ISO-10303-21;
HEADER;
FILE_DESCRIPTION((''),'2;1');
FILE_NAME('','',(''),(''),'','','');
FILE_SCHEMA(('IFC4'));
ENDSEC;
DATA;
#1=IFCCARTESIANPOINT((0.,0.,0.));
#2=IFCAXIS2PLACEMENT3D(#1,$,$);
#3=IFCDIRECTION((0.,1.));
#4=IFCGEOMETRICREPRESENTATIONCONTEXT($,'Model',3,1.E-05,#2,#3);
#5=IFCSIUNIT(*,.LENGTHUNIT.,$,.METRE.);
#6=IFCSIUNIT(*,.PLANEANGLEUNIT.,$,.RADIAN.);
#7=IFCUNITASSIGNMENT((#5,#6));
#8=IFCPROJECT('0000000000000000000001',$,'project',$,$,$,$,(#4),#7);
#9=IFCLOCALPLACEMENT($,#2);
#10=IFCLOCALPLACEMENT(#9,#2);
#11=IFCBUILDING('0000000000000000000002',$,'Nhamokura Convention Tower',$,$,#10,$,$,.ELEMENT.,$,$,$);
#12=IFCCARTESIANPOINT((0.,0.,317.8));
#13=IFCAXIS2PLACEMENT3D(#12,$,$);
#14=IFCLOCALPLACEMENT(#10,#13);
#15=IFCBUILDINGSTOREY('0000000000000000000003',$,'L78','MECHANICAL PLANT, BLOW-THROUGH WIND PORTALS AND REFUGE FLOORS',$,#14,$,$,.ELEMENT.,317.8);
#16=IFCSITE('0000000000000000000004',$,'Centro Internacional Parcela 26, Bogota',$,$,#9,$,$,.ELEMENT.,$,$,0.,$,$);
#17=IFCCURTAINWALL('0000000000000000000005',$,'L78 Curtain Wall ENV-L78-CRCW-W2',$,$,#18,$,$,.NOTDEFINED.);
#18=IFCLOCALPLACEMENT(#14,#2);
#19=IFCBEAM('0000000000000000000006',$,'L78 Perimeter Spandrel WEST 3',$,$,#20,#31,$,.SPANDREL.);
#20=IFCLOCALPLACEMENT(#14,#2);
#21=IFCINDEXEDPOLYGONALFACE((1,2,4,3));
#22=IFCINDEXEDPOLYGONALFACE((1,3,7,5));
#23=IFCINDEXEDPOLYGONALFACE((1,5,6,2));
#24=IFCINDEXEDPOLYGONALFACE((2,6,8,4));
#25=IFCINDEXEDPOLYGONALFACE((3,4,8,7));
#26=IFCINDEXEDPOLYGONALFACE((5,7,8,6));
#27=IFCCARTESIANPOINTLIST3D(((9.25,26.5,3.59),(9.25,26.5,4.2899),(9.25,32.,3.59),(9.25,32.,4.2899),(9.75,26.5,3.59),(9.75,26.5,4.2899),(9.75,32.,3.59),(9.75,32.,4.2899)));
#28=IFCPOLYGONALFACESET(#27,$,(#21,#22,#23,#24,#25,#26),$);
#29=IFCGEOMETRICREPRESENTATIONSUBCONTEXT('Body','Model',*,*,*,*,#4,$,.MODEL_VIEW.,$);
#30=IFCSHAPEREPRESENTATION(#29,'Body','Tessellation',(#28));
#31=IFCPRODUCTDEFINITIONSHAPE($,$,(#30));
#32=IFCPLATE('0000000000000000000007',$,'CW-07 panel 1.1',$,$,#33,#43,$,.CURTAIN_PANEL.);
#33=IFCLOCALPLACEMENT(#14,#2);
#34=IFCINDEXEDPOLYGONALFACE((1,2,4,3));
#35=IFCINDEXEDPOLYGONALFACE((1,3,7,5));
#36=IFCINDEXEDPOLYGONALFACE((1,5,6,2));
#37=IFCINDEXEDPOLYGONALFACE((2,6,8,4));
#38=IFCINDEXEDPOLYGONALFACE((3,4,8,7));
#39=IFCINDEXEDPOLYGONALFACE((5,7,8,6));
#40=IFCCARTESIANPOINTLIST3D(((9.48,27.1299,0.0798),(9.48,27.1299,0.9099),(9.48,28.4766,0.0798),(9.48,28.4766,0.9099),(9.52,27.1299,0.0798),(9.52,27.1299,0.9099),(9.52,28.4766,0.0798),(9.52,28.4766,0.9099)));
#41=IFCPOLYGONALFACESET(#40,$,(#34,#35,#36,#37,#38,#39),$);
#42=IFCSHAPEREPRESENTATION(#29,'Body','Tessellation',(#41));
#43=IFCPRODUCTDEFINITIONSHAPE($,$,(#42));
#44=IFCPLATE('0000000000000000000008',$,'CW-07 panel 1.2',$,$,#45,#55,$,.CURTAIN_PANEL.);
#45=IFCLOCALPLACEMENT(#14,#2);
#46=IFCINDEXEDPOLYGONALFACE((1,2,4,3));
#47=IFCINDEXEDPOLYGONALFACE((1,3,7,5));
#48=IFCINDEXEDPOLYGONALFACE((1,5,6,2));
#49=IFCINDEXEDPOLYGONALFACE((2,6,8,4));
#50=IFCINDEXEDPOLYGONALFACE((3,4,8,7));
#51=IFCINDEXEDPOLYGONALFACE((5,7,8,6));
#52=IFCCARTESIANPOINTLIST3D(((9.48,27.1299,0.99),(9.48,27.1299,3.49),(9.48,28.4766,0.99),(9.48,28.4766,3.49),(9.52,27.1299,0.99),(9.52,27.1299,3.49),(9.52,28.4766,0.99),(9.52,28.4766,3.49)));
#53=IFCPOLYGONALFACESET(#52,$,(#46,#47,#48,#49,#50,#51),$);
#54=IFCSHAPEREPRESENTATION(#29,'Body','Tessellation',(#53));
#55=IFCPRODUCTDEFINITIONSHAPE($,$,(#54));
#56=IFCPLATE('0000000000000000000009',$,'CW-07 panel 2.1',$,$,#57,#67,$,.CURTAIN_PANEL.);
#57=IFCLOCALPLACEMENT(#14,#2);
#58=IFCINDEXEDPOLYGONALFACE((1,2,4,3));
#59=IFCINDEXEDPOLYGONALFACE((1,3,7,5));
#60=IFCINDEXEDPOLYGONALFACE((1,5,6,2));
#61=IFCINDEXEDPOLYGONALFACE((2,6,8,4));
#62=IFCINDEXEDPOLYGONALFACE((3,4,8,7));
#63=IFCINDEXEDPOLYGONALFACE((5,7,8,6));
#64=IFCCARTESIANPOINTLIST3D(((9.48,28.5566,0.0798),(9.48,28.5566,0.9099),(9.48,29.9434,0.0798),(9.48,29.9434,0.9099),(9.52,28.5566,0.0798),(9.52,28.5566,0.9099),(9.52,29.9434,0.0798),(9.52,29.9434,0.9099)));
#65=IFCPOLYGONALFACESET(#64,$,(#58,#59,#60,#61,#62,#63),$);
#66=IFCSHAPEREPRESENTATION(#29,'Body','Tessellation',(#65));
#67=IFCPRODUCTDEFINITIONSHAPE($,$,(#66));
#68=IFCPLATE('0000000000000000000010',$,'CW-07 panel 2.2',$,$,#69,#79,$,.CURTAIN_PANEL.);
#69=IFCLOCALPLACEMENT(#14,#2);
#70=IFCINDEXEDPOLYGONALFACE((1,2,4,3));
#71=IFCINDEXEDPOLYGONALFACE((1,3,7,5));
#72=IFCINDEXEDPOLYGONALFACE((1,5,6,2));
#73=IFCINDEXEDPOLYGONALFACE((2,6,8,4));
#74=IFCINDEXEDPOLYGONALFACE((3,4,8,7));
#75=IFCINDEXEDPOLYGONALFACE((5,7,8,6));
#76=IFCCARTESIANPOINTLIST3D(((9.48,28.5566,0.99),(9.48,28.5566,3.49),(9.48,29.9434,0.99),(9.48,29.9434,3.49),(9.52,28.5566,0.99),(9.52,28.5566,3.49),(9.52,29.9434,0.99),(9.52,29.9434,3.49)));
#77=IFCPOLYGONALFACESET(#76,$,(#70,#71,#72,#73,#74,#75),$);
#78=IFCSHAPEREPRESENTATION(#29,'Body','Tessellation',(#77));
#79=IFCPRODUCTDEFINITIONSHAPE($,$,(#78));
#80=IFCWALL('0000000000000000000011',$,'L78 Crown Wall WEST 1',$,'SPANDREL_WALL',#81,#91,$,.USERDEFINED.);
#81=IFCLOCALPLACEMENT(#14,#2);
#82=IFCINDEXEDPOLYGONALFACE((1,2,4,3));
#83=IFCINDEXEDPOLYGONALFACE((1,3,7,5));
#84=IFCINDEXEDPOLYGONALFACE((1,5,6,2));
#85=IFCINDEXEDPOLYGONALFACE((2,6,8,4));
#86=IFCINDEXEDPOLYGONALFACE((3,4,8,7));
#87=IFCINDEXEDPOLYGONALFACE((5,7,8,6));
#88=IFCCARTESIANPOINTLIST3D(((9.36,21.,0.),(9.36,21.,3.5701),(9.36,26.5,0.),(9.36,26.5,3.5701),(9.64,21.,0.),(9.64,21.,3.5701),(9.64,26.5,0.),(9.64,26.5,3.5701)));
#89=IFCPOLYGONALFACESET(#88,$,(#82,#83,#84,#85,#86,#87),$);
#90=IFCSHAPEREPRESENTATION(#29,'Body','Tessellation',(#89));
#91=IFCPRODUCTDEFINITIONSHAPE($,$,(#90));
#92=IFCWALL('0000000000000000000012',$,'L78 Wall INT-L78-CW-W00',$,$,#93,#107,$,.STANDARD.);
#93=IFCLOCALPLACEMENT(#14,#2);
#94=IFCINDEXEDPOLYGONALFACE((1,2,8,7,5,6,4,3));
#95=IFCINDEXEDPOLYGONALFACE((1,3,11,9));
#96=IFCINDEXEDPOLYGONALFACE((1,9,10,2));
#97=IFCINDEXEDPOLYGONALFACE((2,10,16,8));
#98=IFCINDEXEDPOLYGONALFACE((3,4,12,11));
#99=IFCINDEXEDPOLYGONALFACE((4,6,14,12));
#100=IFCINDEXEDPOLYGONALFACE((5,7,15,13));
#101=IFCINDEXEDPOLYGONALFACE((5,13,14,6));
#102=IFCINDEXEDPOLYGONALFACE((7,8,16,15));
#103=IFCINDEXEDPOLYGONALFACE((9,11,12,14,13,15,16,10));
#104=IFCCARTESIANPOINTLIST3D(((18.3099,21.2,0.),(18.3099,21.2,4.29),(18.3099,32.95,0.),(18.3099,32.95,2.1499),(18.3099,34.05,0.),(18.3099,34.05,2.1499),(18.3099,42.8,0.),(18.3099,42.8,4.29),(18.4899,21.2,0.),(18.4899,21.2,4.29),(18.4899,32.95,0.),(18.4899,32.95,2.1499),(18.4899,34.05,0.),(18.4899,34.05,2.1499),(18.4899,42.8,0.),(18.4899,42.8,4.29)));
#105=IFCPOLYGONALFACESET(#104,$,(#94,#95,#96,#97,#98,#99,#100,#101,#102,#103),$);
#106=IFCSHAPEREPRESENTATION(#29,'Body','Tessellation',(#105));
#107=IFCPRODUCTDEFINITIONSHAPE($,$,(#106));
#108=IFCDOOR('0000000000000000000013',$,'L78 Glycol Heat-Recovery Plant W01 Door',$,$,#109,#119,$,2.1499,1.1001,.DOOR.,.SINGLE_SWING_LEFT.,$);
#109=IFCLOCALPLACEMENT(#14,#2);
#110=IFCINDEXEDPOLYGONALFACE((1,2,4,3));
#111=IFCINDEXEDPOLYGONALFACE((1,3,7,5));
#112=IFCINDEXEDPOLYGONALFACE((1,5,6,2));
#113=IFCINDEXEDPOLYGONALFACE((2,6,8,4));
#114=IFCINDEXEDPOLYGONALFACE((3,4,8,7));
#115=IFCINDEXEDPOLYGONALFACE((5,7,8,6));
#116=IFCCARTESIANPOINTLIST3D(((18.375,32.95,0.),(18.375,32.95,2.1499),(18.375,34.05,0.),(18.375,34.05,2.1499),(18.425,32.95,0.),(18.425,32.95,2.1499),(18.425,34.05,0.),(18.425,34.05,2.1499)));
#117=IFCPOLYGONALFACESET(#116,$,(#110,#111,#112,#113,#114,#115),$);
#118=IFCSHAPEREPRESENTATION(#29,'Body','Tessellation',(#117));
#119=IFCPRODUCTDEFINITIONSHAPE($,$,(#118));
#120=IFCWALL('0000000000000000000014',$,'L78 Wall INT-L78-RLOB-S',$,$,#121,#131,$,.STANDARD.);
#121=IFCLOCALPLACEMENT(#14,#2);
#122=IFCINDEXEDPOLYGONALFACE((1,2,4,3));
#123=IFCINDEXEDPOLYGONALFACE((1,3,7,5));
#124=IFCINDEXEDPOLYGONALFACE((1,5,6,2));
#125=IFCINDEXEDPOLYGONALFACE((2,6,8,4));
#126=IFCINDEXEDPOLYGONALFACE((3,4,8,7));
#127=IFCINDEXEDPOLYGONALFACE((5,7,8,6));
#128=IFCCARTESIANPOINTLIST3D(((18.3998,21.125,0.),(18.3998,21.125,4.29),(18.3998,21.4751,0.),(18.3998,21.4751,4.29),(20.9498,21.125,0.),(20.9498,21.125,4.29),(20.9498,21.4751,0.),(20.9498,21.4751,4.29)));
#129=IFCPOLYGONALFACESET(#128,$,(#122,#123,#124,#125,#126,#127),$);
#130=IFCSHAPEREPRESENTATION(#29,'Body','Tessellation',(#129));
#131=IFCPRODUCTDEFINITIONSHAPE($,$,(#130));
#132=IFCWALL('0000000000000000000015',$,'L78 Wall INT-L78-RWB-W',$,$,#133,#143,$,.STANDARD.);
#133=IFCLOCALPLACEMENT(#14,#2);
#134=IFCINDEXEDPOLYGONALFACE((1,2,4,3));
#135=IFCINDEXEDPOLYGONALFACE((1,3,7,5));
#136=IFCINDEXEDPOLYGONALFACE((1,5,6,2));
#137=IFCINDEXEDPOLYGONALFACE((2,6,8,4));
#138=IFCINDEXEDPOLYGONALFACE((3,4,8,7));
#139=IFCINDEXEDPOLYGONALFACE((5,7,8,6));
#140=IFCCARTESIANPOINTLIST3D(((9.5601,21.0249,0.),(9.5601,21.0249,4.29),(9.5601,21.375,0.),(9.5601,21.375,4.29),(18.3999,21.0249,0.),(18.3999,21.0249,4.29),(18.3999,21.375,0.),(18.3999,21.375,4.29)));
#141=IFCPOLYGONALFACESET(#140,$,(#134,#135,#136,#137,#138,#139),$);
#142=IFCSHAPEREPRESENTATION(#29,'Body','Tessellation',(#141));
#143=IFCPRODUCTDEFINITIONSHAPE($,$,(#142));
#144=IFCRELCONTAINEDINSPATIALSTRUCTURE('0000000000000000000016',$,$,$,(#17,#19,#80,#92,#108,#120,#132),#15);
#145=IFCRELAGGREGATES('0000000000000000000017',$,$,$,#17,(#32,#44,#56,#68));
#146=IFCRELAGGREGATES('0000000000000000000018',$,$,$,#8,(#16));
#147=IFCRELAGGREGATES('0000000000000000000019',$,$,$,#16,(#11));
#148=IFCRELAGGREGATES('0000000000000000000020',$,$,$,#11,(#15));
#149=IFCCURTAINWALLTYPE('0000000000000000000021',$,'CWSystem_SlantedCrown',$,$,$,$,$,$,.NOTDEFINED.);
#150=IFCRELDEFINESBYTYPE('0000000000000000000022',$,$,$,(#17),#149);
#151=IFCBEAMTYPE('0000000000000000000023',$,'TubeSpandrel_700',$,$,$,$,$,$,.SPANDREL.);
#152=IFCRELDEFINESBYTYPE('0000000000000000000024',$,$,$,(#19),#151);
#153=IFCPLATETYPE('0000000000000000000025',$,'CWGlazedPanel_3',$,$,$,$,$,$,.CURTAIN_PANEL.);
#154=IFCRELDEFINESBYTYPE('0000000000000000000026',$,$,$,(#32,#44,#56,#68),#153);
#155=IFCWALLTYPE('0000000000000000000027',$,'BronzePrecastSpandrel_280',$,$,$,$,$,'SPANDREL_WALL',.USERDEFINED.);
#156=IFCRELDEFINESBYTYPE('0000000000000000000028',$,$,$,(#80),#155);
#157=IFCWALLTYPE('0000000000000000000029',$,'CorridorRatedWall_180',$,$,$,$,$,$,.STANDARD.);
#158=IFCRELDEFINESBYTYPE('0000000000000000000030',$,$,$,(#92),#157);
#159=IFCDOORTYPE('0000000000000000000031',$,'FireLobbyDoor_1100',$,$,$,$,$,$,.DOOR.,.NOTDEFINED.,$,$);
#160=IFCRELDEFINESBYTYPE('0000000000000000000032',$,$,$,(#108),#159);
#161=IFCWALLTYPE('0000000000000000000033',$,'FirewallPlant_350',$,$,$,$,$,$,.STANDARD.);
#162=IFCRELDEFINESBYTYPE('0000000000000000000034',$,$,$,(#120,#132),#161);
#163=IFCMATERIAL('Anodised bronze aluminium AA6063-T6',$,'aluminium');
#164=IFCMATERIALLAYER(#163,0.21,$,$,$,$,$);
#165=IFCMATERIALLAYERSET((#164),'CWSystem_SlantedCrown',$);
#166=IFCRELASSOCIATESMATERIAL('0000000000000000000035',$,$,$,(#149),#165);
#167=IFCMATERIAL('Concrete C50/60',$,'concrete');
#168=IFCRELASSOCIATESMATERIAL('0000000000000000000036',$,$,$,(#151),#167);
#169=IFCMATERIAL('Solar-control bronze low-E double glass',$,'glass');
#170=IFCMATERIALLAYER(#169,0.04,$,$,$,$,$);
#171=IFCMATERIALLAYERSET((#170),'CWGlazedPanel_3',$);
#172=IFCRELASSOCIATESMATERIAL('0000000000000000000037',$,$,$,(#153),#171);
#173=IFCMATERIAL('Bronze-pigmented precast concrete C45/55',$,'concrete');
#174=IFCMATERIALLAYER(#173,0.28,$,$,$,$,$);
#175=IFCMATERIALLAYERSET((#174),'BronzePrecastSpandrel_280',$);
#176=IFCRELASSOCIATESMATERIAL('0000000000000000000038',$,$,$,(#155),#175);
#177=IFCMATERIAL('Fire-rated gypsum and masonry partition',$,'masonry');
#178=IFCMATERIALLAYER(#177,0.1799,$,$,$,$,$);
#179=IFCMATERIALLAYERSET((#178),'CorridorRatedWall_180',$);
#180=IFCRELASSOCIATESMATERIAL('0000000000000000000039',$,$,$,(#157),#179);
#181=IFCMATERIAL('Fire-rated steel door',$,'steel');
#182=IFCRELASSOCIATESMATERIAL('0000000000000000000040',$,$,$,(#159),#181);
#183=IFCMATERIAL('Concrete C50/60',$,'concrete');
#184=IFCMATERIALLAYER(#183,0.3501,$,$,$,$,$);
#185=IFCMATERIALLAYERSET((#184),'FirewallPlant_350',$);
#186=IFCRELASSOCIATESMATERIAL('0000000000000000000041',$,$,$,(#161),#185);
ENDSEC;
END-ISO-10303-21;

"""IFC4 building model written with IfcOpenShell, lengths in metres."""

from ifc_helpers import new_model, si_unit, direction, frame, frame_2d, origin, origin_2d, place, context, subcontext, project, spatial, rectangle, extrude, material, layer, layer_set, material_profile, profile_set, type_object, element, fill, aggregate, save


model = new_model("IFC4")

# Units and contexts
model_context = context("Model", 3, precision=1e-05, world=origin(), true_north=direction((0.0, 1.0)))
body_context = subcontext(model_context, "Body", "Model", "MODEL_VIEW")
ifc_project = project(units=[si_unit("LENGTHUNIT", "METRE"), si_unit("PLANEANGLEUNIT", "RADIAN")], contexts=[model_context])

# Site, building, storey
site_placement = place(None, origin())
site = spatial("IfcSite", under=ifc_project, at=site_placement, Name="Centro Internacional Parcela 26, Bogota", CompositionType="ELEMENT", RefElevation=0.0)
building_placement = place(site_placement, origin())
building = spatial("IfcBuilding", under=site, at=building_placement, Name="Nhamokura Convention Tower", CompositionType="ELEMENT")
storey_placement = place(building_placement, frame((0.0, 0.0, 317.8)))
storey = spatial("IfcBuildingStorey", under=building, at=storey_placement, Name="L78", Description="MECHANICAL PLANT, BLOW-THROUGH WIND PORTALS AND REFUGE FLOORS", CompositionType="ELEMENT", Elevation=317.8)

# Curtain wall
ifc_material_1 = material(Name="Anodised bronze aluminium AA6063-T6", Category="aluminium")
ifc_layer_1 = layer(ifc_material_1, 0.21)
ifc_layer_set_1 = layer_set([ifc_layer_1], Name="CWSystem_SlantedCrown")
curtain_wall_type = type_object("IfcCurtainWallType", Name="CWSystem_SlantedCrown", PredefinedType="NOTDEFINED", material=ifc_layer_set_1)
curtain_wall_placement = place(storey_placement, origin())
curtain_wall = element("IfcCurtainWall", 1, at=curtain_wall_placement, inside=storey, type_object=curtain_wall_type, Name="L78 Curtain Wall ENV-L78-CRCW-W2", PredefinedType="NOTDEFINED")

# Beam
ifc_material_2 = material(Name="Concrete C50/60", Category="concrete")
ifc_material_profile_1 = material_profile(ifc_material_2, rectangle(XDim=0.5, YDim=0.7, at=origin_2d()))
ifc_profile_set_1 = profile_set([ifc_material_profile_1], Name="Concrete C50/60")
beam_type = type_object("IfcBeamType", Name="TubeSpandrel_700", PredefinedType="SPANDREL", material=ifc_profile_set_1)
beam_placement = place(storey_placement, frame((9.5, 26.5, 3.9399), z_axis=(0.0, 1.0, 0.0), x_axis=(-1.0, 0.0, 0.0)))
element("IfcBeam", 2, at=beam_placement, inside=storey, type_object=beam_type, Name="L78 Perimeter Spandrel WEST 3", PredefinedType="SPANDREL", context=body_context, shape_type="SweptSolid", body=[
    extrude(rectangle(XDim=0.5, YDim=0.7, at=origin_2d()), origin(), (0.0, 0.0, 1.0), 5.5),
])

# Plates
ifc_material_3 = material(Name="Solar-control bronze low-E double glass", Category="glass")
ifc_layer_2 = layer(ifc_material_3, 0.04)
ifc_layer_set_2 = layer_set([ifc_layer_2], Name="CWGlazedPanel_3")
plate_type = type_object("IfcPlateType", Name="CWGlazedPanel_3", PredefinedType="CURTAIN_PANEL", material=ifc_layer_set_2)
plate_1_placement = place(storey_placement, frame((9.5, 27.8032, 0.0798), z_axis=(0.0, 0.0, 1.0), x_axis=(0.0, 1.0, 0.0)))
plate_1 = element("IfcPlate", 3, at=plate_1_placement, type_object=plate_type, Name="CW-07 panel 1.1", PredefinedType="CURTAIN_PANEL", context=body_context, shape_type="SweptSolid", body=[
    extrude(rectangle(XDim=1.3467, YDim=0.04, at=origin_2d()), origin(), (0.0, 0.0, 1.0), 0.8301),
])
plate_2_placement = place(storey_placement, frame((9.5, 27.8032, 0.99), z_axis=(0.0, 0.0, 1.0), x_axis=(0.0, 1.0, 0.0)))
plate_2 = element("IfcPlate", 4, at=plate_2_placement, type_object=plate_type, Name="CW-07 panel 1.2", PredefinedType="CURTAIN_PANEL", context=body_context, shape_type="SweptSolid", body=[
    extrude(rectangle(XDim=1.3467, YDim=0.04, at=origin_2d()), origin(), (0.0, 0.0, 1.0), 2.5),
])
plate_3_placement = place(storey_placement, frame((9.5, 29.25, 0.0798), z_axis=(0.0, 0.0, 1.0), x_axis=(0.0, 1.0, 0.0)))
plate_3 = element("IfcPlate", 5, at=plate_3_placement, type_object=plate_type, Name="CW-07 panel 2.1", PredefinedType="CURTAIN_PANEL", context=body_context, shape_type="SweptSolid", body=[
    extrude(rectangle(XDim=1.3867, YDim=0.04, at=origin_2d()), origin(), (0.0, 0.0, 1.0), 0.8301),
])
plate_4_placement = place(storey_placement, frame((9.5, 29.25, 0.99), z_axis=(0.0, 0.0, 1.0), x_axis=(0.0, 1.0, 0.0)))
plate_4 = element("IfcPlate", 6, at=plate_4_placement, type_object=plate_type, Name="CW-07 panel 2.2", PredefinedType="CURTAIN_PANEL", context=body_context, shape_type="SweptSolid", body=[
    extrude(rectangle(XDim=1.3867, YDim=0.04, at=origin_2d()), origin(), (0.0, 0.0, 1.0), 2.5),
])
aggregate(curtain_wall, [plate_1, plate_2, plate_3, plate_4])

# Wall
ifc_material_4 = material(Name="Bronze-pigmented precast concrete C45/55", Category="concrete")
ifc_layer_3 = layer(ifc_material_4, 0.28)
ifc_layer_set_3 = layer_set([ifc_layer_3], Name="BronzePrecastSpandrel_280")
wall_type_1 = type_object("IfcWallType", Name="BronzePrecastSpandrel_280", ElementType="SPANDREL_WALL", PredefinedType="USERDEFINED", material=ifc_layer_set_3)
wall_1_placement = place(storey_placement, frame((9.5, 21.0, 0.0), z_axis=(0.0, 0.0, 1.0), x_axis=(0.0, 1.0, 0.0)))
element("IfcWall", 7, at=wall_1_placement, inside=storey, type_object=wall_type_1, Name="L78 Crown Wall WEST 1", ObjectType="SPANDREL_WALL", PredefinedType="USERDEFINED", context=body_context, shape_type="SweptSolid", body=[
    extrude(rectangle(XDim=5.5, YDim=0.28, at=frame_2d((2.75, 0.0))), origin(), (0.0, 0.0, 1.0), 3.5701),
])

# Wall, opening, door
ifc_material_5 = material(Name="Fire-rated gypsum and masonry partition", Category="masonry")
ifc_layer_4 = layer(ifc_material_5, 0.1799)
ifc_layer_set_4 = layer_set([ifc_layer_4], Name="CorridorRatedWall_180")
wall_type_2 = type_object("IfcWallType", Name="CorridorRatedWall_180", PredefinedType="STANDARD", material=ifc_layer_set_4)
wall_2_placement = place(storey_placement, frame((18.3999, 21.2, 0.0), z_axis=(0.0, 0.0, 1.0), x_axis=(0.0, 1.0, 0.0)))
wall_2 = element("IfcWall", 8, at=wall_2_placement, inside=storey, type_object=wall_type_2, Name="L78 Wall INT-L78-CW-W00", PredefinedType="STANDARD", context=body_context, shape_type="SweptSolid", body=[
    extrude(rectangle(XDim=21.6001, YDim=0.1799, at=frame_2d((10.8, 0.0))), origin(), (0.0, 0.0, 1.0), 4.29),
])
opening_placement = place(wall_2_placement, frame((11.75, 0.0, 0.0)))
opening = element("IfcOpeningElement", 9, at=opening_placement, cuts=wall_2, PredefinedType="OPENING", context=body_context, shape_type="SweptSolid", body=[
    extrude(rectangle(XDim=1.1001, YDim=2.1499, at=frame_2d((0.55, 1.075))), frame((0.0, 0.0999, 0.0), z_axis=(0.0, -1.0, 0.0), x_axis=(1.0, 0.0, 0.0)), (0.0, 0.0, 1.0), 0.2),
])
ifc_material_6 = material(Name="Fire-rated steel door", Category="steel")
door_type = type_object("IfcDoorType", Name="FireLobbyDoor_1100", OperationType="NOTDEFINED", PredefinedType="DOOR", material=ifc_material_6)
door_placement = place(opening_placement, origin())
door = element("IfcDoor", 10, at=door_placement, inside=storey, type_object=door_type, Name="L78 Glycol Heat-Recovery Plant W01 Door", OperationType="SINGLE_SWING_LEFT", OverallHeight=2.1499, OverallWidth=1.1001, PredefinedType="DOOR", context=body_context, shape_type="SweptSolid", body=[
    extrude(rectangle(XDim=1.1001, YDim=2.1499, at=frame_2d((0.55, 1.075))), frame((0.0, 0.0249, 0.0), z_axis=(0.0, -1.0, 0.0), x_axis=(1.0, 0.0, 0.0)), (0.0, 0.0, 1.0), 0.05),
])
fill(opening, door)

# Walls
ifc_material_7 = material(Name="Concrete C50/60", Category="concrete")
ifc_layer_5 = layer(ifc_material_7, 0.3501)
ifc_layer_set_5 = layer_set([ifc_layer_5], Name="FirewallPlant_350")
wall_type_3 = type_object("IfcWallType", Name="FirewallPlant_350", PredefinedType="STANDARD", material=ifc_layer_set_5)
wall_3_placement = place(storey_placement, frame((18.3999, 21.3, 0.0), z_axis=(0.0, 0.0, 1.0), x_axis=(1.0, 0.0, 0.0)))
element("IfcWall", 11, at=wall_3_placement, inside=storey, type_object=wall_type_3, Name="L78 Wall INT-L78-RLOB-S", PredefinedType="STANDARD", context=body_context, shape_type="SweptSolid", body=[
    extrude(rectangle(XDim=2.55, YDim=0.3501, at=frame_2d((1.2749, 0.0))), origin(), (0.0, 0.0, 1.0), 4.29),
])
wall_4_placement = place(storey_placement, frame((9.5601, 21.2, 0.0), z_axis=(0.0, 0.0, 1.0), x_axis=(1.0, 0.0, 0.0)))
element("IfcWall", 12, at=wall_4_placement, inside=storey, type_object=wall_type_3, Name="L78 Wall INT-L78-RWB-W", PredefinedType="STANDARD", context=body_context, shape_type="SweptSolid", body=[
    extrude(rectangle(XDim=8.8398, YDim=0.3501, at=frame_2d((4.4199, 0.0))), origin(), (0.0, 0.0, 1.0), 4.29),
])

save(model, "model.ifc")
